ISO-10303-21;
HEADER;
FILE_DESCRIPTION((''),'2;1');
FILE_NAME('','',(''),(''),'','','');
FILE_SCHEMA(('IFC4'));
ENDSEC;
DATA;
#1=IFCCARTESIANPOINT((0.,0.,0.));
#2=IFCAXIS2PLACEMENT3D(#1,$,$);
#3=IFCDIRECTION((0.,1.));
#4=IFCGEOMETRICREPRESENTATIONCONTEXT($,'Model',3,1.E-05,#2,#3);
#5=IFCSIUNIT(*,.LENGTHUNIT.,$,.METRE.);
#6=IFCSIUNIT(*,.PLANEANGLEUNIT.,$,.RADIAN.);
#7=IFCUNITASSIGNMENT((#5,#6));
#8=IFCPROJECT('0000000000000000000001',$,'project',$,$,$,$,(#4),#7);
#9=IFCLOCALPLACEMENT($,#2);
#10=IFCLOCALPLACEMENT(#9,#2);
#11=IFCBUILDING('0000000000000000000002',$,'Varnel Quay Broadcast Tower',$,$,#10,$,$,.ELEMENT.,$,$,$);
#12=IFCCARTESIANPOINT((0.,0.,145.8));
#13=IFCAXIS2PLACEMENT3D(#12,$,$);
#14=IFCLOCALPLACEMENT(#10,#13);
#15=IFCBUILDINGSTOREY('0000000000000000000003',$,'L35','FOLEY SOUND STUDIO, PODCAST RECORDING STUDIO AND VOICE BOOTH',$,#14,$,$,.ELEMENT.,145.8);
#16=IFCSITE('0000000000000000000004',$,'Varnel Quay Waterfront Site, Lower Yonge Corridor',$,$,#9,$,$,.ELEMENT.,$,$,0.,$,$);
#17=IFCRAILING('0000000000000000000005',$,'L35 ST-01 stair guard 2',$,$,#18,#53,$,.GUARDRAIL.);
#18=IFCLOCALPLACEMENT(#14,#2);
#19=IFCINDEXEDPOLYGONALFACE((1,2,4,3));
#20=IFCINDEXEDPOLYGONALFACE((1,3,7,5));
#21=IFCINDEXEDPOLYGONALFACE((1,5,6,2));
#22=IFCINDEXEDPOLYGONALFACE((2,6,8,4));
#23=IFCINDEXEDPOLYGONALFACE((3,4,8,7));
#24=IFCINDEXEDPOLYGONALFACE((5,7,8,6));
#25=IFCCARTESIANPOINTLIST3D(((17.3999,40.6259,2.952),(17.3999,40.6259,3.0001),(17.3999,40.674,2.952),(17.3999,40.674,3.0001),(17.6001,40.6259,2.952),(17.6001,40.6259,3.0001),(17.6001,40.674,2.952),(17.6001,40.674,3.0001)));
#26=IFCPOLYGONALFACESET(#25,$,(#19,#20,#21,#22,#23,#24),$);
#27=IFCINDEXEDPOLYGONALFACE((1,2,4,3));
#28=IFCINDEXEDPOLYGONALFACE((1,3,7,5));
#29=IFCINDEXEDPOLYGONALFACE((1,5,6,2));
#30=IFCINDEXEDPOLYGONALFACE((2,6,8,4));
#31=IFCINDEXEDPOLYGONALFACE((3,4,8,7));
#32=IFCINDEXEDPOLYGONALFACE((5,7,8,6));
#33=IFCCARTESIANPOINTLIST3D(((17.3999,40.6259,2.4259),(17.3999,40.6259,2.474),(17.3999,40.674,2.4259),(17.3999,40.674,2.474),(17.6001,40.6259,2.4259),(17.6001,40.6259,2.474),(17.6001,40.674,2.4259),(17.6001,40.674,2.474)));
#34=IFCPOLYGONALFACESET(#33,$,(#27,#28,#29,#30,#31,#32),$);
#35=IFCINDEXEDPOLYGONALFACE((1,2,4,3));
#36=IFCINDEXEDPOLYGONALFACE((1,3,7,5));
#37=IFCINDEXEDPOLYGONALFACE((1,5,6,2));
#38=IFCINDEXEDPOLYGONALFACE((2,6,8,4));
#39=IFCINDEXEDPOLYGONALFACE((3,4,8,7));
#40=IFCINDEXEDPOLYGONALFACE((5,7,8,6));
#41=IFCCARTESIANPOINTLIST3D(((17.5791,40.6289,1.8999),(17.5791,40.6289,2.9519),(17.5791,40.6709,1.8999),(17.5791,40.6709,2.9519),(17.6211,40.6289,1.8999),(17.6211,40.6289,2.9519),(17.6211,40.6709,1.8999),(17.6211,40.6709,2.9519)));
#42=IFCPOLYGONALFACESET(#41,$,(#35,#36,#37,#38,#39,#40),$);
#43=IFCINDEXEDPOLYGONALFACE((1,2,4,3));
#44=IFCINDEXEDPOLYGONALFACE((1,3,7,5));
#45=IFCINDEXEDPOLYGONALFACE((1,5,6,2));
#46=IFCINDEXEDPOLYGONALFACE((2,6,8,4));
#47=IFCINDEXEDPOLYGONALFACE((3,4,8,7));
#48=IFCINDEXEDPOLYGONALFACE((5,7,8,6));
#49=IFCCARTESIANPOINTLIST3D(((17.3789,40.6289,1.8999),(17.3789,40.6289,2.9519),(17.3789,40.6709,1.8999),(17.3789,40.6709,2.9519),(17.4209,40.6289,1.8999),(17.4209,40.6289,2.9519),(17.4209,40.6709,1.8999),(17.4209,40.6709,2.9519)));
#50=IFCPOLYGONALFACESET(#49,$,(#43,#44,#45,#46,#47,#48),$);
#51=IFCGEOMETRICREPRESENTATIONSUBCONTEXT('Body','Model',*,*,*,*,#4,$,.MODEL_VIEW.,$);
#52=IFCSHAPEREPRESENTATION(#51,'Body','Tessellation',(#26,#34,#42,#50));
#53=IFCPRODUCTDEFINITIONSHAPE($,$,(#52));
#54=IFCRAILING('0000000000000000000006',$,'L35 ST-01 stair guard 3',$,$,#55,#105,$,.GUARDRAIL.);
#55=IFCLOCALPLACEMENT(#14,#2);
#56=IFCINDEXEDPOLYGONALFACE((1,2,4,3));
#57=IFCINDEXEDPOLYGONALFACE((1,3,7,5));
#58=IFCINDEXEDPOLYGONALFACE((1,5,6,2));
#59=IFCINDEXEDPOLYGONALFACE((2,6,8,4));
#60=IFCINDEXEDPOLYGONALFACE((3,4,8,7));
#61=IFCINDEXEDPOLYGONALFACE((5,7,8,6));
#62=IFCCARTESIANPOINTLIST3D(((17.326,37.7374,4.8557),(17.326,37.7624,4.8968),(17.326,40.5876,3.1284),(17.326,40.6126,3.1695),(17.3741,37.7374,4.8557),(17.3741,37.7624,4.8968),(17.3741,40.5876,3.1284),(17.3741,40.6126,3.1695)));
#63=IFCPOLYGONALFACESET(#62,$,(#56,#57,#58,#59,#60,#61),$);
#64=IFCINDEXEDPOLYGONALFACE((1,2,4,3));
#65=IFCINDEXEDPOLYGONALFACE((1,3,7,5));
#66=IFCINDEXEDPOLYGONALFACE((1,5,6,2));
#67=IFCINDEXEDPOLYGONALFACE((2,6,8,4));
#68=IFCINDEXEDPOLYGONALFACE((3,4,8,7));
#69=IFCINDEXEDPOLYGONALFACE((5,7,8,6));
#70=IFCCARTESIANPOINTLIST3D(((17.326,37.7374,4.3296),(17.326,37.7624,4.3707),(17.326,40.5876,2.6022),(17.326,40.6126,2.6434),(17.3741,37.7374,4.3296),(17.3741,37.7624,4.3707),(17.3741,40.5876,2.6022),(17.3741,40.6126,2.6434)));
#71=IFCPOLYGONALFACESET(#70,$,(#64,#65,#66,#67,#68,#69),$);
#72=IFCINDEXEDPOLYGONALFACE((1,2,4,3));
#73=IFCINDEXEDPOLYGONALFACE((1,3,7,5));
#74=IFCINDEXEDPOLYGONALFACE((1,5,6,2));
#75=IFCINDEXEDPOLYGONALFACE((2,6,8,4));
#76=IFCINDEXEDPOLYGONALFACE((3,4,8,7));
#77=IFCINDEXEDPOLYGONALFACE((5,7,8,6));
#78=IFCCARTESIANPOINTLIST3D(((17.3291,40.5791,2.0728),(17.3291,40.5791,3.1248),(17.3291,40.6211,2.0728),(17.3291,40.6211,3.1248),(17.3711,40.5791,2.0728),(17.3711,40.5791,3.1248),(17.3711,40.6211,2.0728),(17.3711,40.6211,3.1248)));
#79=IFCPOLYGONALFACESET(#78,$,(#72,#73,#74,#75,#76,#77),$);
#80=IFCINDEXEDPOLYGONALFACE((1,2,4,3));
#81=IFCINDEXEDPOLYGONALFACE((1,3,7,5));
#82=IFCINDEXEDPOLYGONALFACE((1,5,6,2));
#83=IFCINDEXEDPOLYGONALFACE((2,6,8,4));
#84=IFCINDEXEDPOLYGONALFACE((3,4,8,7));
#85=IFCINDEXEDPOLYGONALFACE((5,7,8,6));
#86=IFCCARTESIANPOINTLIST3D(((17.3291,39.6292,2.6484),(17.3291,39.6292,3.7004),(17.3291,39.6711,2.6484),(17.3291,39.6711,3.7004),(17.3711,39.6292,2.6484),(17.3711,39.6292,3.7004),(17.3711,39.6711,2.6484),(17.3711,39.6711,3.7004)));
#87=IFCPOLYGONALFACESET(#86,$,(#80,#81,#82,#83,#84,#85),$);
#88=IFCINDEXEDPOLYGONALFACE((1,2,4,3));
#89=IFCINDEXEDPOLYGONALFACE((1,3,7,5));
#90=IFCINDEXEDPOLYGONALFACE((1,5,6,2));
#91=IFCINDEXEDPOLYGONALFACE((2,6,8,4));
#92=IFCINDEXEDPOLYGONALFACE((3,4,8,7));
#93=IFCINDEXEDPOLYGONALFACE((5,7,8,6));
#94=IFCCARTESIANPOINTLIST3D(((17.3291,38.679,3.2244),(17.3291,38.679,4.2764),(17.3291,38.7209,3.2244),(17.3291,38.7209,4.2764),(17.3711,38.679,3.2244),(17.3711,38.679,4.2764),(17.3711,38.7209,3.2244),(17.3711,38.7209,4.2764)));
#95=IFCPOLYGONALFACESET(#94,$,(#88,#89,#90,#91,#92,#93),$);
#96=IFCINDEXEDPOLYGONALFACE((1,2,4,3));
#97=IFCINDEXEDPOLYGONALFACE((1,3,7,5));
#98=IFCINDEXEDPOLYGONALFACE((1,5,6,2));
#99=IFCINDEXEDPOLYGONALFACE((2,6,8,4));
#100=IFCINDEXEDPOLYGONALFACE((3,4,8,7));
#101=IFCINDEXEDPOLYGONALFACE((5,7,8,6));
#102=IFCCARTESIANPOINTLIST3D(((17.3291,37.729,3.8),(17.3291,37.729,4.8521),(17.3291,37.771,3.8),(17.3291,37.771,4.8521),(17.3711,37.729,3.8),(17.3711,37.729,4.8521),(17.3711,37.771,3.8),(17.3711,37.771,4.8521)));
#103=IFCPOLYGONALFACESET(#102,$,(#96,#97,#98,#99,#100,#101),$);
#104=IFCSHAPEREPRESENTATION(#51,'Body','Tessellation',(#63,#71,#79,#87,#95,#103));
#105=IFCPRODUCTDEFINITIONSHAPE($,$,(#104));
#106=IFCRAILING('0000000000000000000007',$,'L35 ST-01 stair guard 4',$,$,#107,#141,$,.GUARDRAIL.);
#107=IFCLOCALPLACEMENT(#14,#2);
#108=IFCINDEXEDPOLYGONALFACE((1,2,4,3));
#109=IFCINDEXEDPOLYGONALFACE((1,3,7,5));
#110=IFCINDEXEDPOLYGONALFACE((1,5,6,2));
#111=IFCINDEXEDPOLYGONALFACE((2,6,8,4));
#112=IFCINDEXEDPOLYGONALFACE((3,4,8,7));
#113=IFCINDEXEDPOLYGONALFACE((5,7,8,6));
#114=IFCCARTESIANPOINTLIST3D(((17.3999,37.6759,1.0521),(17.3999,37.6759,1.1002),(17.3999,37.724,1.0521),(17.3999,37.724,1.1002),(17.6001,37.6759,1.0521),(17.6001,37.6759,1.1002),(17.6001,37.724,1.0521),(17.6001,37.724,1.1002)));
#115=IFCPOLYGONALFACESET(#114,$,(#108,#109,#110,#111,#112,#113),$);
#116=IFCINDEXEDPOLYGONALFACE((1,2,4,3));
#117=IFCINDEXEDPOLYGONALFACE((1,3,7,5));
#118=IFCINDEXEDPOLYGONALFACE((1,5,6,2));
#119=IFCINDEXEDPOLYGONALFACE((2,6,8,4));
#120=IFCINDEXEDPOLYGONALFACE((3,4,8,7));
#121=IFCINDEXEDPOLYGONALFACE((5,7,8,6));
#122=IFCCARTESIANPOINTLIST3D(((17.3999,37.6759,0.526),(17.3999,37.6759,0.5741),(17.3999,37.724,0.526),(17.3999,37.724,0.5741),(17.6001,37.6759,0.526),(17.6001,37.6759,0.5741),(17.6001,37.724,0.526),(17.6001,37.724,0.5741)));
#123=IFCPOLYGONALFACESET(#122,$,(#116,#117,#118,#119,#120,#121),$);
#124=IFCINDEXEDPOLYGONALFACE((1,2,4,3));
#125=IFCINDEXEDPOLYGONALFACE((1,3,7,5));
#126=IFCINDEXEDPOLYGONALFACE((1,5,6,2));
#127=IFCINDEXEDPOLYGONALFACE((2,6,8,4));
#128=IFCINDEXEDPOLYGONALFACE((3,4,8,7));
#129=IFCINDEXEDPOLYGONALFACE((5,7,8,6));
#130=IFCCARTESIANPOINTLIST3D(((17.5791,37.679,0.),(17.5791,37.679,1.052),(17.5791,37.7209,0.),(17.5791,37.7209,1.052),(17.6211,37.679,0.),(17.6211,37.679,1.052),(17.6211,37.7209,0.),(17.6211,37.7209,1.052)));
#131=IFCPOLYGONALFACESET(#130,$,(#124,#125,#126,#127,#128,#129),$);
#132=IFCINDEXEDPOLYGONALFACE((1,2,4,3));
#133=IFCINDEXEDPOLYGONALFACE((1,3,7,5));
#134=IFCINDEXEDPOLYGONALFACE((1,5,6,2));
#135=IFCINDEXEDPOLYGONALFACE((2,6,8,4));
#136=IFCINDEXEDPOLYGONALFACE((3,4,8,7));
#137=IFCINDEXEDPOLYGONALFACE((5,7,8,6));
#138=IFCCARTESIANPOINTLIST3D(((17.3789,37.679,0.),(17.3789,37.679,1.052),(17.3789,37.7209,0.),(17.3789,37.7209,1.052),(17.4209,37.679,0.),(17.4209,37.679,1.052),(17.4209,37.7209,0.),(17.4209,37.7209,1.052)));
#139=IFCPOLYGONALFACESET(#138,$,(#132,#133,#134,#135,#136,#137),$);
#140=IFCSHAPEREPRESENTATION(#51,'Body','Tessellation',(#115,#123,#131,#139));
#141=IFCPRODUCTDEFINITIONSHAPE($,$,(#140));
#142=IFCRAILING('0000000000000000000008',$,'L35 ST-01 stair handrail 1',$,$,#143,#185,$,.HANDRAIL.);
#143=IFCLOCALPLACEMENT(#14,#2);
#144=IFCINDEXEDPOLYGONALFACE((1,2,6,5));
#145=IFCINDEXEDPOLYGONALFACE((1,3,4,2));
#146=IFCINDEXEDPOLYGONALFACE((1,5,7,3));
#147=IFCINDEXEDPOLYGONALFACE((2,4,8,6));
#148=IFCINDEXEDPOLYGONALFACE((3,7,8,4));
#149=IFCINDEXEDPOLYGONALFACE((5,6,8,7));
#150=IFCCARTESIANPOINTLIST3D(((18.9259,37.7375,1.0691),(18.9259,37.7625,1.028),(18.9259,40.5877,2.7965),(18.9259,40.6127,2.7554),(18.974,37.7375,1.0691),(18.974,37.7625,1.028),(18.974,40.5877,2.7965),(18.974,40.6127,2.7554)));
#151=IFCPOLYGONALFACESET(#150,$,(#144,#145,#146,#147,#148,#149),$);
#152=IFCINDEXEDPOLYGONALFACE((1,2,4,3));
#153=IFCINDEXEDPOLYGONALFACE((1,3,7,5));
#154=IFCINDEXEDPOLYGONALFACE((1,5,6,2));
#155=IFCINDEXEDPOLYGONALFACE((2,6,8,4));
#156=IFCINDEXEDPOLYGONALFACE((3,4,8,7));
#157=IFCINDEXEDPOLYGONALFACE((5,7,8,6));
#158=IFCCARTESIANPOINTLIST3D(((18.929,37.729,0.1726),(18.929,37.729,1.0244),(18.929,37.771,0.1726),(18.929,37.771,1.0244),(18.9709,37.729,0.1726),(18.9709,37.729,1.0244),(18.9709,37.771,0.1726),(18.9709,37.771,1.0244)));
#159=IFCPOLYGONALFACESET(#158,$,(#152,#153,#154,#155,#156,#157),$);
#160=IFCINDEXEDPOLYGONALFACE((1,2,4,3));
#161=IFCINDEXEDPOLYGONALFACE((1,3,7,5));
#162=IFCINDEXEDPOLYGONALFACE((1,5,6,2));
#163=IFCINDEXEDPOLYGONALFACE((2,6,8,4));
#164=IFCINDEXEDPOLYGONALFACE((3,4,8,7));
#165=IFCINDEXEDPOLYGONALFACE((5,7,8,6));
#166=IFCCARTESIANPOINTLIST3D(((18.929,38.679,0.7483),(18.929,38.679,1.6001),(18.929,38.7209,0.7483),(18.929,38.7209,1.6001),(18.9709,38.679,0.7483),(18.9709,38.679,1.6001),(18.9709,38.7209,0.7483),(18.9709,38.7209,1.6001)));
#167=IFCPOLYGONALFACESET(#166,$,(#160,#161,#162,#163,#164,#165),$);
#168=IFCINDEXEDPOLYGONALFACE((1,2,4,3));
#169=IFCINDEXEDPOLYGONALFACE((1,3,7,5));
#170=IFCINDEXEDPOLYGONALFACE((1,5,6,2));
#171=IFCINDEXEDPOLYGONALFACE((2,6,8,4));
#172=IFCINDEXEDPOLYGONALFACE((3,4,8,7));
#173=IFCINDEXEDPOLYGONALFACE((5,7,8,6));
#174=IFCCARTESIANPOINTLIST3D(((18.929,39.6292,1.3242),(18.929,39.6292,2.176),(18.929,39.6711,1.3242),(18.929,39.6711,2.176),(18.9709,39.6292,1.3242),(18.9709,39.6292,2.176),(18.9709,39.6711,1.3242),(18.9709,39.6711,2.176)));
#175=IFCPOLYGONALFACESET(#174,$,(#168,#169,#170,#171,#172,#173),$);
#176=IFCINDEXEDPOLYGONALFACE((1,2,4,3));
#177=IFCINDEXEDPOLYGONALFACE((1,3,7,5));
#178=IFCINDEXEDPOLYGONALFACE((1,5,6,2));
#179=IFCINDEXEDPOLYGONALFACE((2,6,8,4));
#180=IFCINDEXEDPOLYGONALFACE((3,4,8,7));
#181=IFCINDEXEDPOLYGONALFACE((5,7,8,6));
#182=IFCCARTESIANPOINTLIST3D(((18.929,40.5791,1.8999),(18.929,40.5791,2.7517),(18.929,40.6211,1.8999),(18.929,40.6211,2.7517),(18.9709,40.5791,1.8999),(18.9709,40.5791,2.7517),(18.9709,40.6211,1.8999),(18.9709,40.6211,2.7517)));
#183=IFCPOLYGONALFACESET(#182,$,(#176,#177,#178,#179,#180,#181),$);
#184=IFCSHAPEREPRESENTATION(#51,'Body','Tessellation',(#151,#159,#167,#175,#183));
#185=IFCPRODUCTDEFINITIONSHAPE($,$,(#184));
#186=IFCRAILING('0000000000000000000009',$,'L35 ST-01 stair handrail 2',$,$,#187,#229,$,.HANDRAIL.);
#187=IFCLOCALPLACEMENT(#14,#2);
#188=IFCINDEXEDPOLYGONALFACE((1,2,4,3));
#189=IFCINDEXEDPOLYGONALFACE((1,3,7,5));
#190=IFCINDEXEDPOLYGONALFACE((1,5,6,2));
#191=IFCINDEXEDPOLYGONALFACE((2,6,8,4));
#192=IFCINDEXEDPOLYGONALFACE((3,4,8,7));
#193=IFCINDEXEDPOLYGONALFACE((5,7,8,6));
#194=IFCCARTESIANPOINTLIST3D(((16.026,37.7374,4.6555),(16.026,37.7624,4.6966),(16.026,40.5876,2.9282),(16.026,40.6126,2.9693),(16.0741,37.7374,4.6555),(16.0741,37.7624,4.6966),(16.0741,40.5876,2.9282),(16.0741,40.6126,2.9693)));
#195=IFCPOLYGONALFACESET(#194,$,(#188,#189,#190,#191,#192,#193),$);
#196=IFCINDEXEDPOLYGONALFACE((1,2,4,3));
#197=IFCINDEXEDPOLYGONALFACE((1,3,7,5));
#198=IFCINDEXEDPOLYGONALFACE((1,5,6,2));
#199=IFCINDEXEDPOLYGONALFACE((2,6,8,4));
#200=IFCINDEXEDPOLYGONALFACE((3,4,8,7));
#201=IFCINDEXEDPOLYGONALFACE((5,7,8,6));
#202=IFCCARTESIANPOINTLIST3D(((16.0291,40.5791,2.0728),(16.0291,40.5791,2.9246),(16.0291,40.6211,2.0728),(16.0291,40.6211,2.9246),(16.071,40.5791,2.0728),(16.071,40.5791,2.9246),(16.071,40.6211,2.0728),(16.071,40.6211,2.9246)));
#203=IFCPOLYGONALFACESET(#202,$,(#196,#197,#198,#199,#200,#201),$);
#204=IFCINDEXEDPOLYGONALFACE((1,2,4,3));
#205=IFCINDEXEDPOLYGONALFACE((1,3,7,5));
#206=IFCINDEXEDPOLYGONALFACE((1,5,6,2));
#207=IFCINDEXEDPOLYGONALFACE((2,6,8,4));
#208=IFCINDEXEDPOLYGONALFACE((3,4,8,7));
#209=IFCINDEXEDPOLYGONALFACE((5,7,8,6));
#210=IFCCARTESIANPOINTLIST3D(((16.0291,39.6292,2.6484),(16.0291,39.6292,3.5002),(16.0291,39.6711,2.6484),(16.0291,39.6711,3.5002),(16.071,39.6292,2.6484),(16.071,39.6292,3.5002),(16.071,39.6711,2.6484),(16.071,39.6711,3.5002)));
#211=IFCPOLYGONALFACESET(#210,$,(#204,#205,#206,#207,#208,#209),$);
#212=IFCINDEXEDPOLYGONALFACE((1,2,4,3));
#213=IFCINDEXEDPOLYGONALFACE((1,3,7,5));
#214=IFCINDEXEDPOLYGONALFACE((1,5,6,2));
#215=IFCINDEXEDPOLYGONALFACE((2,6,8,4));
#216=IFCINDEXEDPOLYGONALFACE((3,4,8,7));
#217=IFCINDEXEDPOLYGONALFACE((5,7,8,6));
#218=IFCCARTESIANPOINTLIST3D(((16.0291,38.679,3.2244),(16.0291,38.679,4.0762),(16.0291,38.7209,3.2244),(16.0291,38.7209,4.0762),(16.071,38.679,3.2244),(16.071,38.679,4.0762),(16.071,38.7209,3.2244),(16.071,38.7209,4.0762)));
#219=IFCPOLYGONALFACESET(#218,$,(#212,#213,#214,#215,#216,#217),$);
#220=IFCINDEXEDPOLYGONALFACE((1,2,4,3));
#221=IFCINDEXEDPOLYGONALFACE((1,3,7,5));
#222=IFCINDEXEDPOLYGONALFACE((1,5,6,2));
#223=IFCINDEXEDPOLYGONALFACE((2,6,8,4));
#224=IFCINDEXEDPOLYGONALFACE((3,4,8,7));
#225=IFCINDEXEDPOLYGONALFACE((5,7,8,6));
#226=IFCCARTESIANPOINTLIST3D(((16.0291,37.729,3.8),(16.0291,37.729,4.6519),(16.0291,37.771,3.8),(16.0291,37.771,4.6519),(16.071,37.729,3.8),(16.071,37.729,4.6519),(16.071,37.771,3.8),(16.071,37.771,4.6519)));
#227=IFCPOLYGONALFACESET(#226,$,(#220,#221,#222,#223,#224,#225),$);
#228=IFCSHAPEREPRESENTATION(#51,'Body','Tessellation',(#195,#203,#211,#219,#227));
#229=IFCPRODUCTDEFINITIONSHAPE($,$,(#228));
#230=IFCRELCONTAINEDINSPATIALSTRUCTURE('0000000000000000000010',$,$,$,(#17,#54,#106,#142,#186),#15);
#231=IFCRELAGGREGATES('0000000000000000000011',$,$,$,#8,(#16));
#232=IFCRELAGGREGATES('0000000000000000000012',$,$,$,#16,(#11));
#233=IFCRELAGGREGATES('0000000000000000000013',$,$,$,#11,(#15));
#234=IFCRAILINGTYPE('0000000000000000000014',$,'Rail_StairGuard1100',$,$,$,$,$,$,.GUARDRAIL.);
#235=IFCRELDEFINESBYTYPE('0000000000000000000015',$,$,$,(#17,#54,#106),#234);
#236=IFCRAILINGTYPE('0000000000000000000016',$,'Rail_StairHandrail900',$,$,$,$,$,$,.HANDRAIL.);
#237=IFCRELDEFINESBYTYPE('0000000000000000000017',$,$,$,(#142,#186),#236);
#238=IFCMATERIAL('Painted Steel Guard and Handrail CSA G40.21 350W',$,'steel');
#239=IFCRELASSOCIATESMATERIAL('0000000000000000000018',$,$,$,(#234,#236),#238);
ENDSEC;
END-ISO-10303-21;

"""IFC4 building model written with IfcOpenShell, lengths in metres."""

from ifc_helpers import new_model, si_unit, direction, frame, origin, origin_2d, place, context, subcontext, project, spatial, rectangle, extrude, material, type_object, element, save


model = new_model("IFC4")

# Units and contexts
model_context = context("Model", 3, precision=1e-05, world=origin(), true_north=direction((0.0, 1.0)))
body_context = subcontext(model_context, "Body", "Model", "MODEL_VIEW")
ifc_project = project(units=[si_unit("LENGTHUNIT", "METRE"), si_unit("PLANEANGLEUNIT", "RADIAN")], contexts=[model_context])

# Site, building, storey
site_placement = place(None, origin())
site = spatial("IfcSite", under=ifc_project, at=site_placement, Name="Varnel Quay Waterfront Site, Lower Yonge Corridor", CompositionType="ELEMENT", RefElevation=0.0)
building_placement = place(site_placement, origin())
building = spatial("IfcBuilding", under=site, at=building_placement, Name="Varnel Quay Broadcast Tower", CompositionType="ELEMENT")
storey_placement = place(building_placement, frame((0.0, 0.0, 145.8)))
storey = spatial("IfcBuildingStorey", under=building, at=storey_placement, Name="L35", Description="FOLEY SOUND STUDIO, PODCAST RECORDING STUDIO AND VOICE BOOTH", CompositionType="ELEMENT", Elevation=145.8)

# Railings
ifc_material_1 = material(Name="Painted Steel Guard and Handrail CSA G40.21 350W", Category="steel")
railing_type_1 = type_object("IfcRailingType", Name="Rail_StairGuard1100", PredefinedType="GUARDRAIL", material=ifc_material_1)
railing_1_placement = place(storey_placement, frame((17.6001, 40.6499, 1.8999)))
element("IfcRailing", 1, at=railing_1_placement, inside=storey, type_object=railing_type_1, Name="L35 ST-01 stair guard 2", PredefinedType="GUARDRAIL", context=body_context, shape_type="SweptSolid", body=[
    extrude(rectangle(XDim=0.0481, YDim=0.0481, at=origin_2d()), frame((0.0, 0.0, 1.0762), z_axis=(-1.0, 0.0, 0.0), x_axis=(0.0, -1.0, 0.0)), (0.0, 0.0, 1.0), 0.2002),
    extrude(rectangle(XDim=0.0481, YDim=0.0481, at=origin_2d()), frame((0.0, 0.0, 0.55), z_axis=(-1.0, 0.0, 0.0), x_axis=(0.0, -1.0, 0.0)), (0.0, 0.0, 1.0), 0.2002),
    extrude(rectangle(XDim=0.042, YDim=0.042, at=origin_2d()), origin(), (0.0, 0.0, 1.0), 1.052),
    extrude(rectangle(XDim=0.042, YDim=0.042, at=origin_2d()), frame((-0.2002, 0.0, 0.0)), (0.0, 0.0, 1.0), 1.052),
])
railing_2_placement = place(storey_placement, frame((17.3501, 40.6001, 2.0728)))
element("IfcRailing", 2, at=railing_2_placement, inside=storey, type_object=railing_type_1, Name="L35 ST-01 stair guard 3", PredefinedType="GUARDRAIL", context=body_context, shape_type="SweptSolid", body=[
    extrude(rectangle(XDim=0.0481, YDim=0.0481, at=origin_2d()), frame((0.0, 0.0, 1.0762), z_axis=(0.0, -0.855203, 0.518294), x_axis=(1.0, 0.0, 0.0)), (0.0, 0.0, 1.0), 3.3328),
    extrude(rectangle(XDim=0.0481, YDim=0.0481, at=origin_2d()), frame((0.0, 0.0, 0.55), z_axis=(0.0, -0.855203, 0.518294), x_axis=(1.0, 0.0, 0.0)), (0.0, 0.0, 1.0), 3.3328),
    extrude(rectangle(XDim=0.042, YDim=0.042, at=origin_2d()), origin(), (0.0, 0.0, 1.0), 1.052),
    extrude(rectangle(XDim=0.042, YDim=0.042, at=origin_2d()), frame((0.0, -0.95, 0.5757)), (0.0, 0.0, 1.0), 1.052),
    extrude(rectangle(XDim=0.042, YDim=0.042, at=origin_2d()), frame((0.0, -1.9001, 1.1516)), (0.0, 0.0, 1.0), 1.052),
    extrude(rectangle(XDim=0.042, YDim=0.042, at=origin_2d()), frame((0.0, -2.8501, 1.7273)), (0.0, 0.0, 1.0), 1.052),
])
railing_3_placement = place(storey_placement, frame((17.6001, 37.7, 0.0)))
element("IfcRailing", 3, at=railing_3_placement, inside=storey, type_object=railing_type_1, Name="L35 ST-01 stair guard 4", PredefinedType="GUARDRAIL", context=body_context, shape_type="SweptSolid", body=[
    extrude(rectangle(XDim=0.0481, YDim=0.0481, at=origin_2d()), frame((0.0, 0.0, 1.0762), z_axis=(-1.0, 0.0, 0.0), x_axis=(0.0, -1.0, 0.0)), (0.0, 0.0, 1.0), 0.2002),
    extrude(rectangle(XDim=0.0481, YDim=0.0481, at=origin_2d()), frame((0.0, 0.0, 0.55), z_axis=(-1.0, 0.0, 0.0), x_axis=(0.0, -1.0, 0.0)), (0.0, 0.0, 1.0), 0.2002),
    extrude(rectangle(XDim=0.042, YDim=0.042, at=origin_2d()), origin(), (0.0, 0.0, 1.0), 1.052),
    extrude(rectangle(XDim=0.042, YDim=0.042, at=origin_2d()), frame((-0.2002, 0.0, 0.0)), (0.0, 0.0, 1.0), 1.052),
])
railing_type_2 = type_object("IfcRailingType", Name="Rail_StairHandrail900", PredefinedType="HANDRAIL", material=ifc_material_1)
railing_4_placement = place(storey_placement, frame((18.95, 37.75, 0.1726)))
element("IfcRailing", 4, at=railing_4_placement, inside=storey, type_object=railing_type_2, Name="L35 ST-01 stair handrail 1", PredefinedType="HANDRAIL", context=body_context, shape_type="SweptSolid", body=[
    extrude(rectangle(XDim=0.0481, YDim=0.0481, at=origin_2d()), frame((0.0, 0.0, 0.876), z_axis=(0.0, 0.855203, 0.518294), x_axis=(-1.0, 0.0, 0.0)), (0.0, 0.0, 1.0), 3.3328),
    extrude(rectangle(XDim=0.042, YDim=0.042, at=origin_2d()), origin(), (0.0, 0.0, 1.0), 0.8518),
    extrude(rectangle(XDim=0.042, YDim=0.042, at=origin_2d()), frame((0.0, 0.95, 0.5757)), (0.0, 0.0, 1.0), 0.8518),
    extrude(rectangle(XDim=0.042, YDim=0.042, at=origin_2d()), frame((0.0, 1.9001, 1.1516)), (0.0, 0.0, 1.0), 0.8518),
    extrude(rectangle(XDim=0.042, YDim=0.042, at=origin_2d()), frame((0.0, 2.8501, 1.7273)), (0.0, 0.0, 1.0), 0.8518),
])
railing_5_placement = place(storey_placement, frame((16.05, 40.6001, 2.0728)))
element("IfcRailing", 5, at=railing_5_placement, inside=storey, type_object=railing_type_2, Name="L35 ST-01 stair handrail 2", PredefinedType="HANDRAIL", context=body_context, shape_type="SweptSolid", body=[
    extrude(rectangle(XDim=0.0481, YDim=0.0481, at=origin_2d()), frame((0.0, 0.0, 0.876), z_axis=(0.0, -0.855203, 0.518294), x_axis=(1.0, 0.0, 0.0)), (0.0, 0.0, 1.0), 3.3328),
    extrude(rectangle(XDim=0.042, YDim=0.042, at=origin_2d()), origin(), (0.0, 0.0, 1.0), 0.8518),
    extrude(rectangle(XDim=0.042, YDim=0.042, at=origin_2d()), frame((0.0, -0.95, 0.5757)), (0.0, 0.0, 1.0), 0.8518),
    extrude(rectangle(XDim=0.042, YDim=0.042, at=origin_2d()), frame((0.0, -1.9001, 1.1516)), (0.0, 0.0, 1.0), 0.8518),
    extrude(rectangle(XDim=0.042, YDim=0.042, at=origin_2d()), frame((0.0, -2.8501, 1.7273)), (0.0, 0.0, 1.0), 0.8518),
])

save(model, "model.ifc")
